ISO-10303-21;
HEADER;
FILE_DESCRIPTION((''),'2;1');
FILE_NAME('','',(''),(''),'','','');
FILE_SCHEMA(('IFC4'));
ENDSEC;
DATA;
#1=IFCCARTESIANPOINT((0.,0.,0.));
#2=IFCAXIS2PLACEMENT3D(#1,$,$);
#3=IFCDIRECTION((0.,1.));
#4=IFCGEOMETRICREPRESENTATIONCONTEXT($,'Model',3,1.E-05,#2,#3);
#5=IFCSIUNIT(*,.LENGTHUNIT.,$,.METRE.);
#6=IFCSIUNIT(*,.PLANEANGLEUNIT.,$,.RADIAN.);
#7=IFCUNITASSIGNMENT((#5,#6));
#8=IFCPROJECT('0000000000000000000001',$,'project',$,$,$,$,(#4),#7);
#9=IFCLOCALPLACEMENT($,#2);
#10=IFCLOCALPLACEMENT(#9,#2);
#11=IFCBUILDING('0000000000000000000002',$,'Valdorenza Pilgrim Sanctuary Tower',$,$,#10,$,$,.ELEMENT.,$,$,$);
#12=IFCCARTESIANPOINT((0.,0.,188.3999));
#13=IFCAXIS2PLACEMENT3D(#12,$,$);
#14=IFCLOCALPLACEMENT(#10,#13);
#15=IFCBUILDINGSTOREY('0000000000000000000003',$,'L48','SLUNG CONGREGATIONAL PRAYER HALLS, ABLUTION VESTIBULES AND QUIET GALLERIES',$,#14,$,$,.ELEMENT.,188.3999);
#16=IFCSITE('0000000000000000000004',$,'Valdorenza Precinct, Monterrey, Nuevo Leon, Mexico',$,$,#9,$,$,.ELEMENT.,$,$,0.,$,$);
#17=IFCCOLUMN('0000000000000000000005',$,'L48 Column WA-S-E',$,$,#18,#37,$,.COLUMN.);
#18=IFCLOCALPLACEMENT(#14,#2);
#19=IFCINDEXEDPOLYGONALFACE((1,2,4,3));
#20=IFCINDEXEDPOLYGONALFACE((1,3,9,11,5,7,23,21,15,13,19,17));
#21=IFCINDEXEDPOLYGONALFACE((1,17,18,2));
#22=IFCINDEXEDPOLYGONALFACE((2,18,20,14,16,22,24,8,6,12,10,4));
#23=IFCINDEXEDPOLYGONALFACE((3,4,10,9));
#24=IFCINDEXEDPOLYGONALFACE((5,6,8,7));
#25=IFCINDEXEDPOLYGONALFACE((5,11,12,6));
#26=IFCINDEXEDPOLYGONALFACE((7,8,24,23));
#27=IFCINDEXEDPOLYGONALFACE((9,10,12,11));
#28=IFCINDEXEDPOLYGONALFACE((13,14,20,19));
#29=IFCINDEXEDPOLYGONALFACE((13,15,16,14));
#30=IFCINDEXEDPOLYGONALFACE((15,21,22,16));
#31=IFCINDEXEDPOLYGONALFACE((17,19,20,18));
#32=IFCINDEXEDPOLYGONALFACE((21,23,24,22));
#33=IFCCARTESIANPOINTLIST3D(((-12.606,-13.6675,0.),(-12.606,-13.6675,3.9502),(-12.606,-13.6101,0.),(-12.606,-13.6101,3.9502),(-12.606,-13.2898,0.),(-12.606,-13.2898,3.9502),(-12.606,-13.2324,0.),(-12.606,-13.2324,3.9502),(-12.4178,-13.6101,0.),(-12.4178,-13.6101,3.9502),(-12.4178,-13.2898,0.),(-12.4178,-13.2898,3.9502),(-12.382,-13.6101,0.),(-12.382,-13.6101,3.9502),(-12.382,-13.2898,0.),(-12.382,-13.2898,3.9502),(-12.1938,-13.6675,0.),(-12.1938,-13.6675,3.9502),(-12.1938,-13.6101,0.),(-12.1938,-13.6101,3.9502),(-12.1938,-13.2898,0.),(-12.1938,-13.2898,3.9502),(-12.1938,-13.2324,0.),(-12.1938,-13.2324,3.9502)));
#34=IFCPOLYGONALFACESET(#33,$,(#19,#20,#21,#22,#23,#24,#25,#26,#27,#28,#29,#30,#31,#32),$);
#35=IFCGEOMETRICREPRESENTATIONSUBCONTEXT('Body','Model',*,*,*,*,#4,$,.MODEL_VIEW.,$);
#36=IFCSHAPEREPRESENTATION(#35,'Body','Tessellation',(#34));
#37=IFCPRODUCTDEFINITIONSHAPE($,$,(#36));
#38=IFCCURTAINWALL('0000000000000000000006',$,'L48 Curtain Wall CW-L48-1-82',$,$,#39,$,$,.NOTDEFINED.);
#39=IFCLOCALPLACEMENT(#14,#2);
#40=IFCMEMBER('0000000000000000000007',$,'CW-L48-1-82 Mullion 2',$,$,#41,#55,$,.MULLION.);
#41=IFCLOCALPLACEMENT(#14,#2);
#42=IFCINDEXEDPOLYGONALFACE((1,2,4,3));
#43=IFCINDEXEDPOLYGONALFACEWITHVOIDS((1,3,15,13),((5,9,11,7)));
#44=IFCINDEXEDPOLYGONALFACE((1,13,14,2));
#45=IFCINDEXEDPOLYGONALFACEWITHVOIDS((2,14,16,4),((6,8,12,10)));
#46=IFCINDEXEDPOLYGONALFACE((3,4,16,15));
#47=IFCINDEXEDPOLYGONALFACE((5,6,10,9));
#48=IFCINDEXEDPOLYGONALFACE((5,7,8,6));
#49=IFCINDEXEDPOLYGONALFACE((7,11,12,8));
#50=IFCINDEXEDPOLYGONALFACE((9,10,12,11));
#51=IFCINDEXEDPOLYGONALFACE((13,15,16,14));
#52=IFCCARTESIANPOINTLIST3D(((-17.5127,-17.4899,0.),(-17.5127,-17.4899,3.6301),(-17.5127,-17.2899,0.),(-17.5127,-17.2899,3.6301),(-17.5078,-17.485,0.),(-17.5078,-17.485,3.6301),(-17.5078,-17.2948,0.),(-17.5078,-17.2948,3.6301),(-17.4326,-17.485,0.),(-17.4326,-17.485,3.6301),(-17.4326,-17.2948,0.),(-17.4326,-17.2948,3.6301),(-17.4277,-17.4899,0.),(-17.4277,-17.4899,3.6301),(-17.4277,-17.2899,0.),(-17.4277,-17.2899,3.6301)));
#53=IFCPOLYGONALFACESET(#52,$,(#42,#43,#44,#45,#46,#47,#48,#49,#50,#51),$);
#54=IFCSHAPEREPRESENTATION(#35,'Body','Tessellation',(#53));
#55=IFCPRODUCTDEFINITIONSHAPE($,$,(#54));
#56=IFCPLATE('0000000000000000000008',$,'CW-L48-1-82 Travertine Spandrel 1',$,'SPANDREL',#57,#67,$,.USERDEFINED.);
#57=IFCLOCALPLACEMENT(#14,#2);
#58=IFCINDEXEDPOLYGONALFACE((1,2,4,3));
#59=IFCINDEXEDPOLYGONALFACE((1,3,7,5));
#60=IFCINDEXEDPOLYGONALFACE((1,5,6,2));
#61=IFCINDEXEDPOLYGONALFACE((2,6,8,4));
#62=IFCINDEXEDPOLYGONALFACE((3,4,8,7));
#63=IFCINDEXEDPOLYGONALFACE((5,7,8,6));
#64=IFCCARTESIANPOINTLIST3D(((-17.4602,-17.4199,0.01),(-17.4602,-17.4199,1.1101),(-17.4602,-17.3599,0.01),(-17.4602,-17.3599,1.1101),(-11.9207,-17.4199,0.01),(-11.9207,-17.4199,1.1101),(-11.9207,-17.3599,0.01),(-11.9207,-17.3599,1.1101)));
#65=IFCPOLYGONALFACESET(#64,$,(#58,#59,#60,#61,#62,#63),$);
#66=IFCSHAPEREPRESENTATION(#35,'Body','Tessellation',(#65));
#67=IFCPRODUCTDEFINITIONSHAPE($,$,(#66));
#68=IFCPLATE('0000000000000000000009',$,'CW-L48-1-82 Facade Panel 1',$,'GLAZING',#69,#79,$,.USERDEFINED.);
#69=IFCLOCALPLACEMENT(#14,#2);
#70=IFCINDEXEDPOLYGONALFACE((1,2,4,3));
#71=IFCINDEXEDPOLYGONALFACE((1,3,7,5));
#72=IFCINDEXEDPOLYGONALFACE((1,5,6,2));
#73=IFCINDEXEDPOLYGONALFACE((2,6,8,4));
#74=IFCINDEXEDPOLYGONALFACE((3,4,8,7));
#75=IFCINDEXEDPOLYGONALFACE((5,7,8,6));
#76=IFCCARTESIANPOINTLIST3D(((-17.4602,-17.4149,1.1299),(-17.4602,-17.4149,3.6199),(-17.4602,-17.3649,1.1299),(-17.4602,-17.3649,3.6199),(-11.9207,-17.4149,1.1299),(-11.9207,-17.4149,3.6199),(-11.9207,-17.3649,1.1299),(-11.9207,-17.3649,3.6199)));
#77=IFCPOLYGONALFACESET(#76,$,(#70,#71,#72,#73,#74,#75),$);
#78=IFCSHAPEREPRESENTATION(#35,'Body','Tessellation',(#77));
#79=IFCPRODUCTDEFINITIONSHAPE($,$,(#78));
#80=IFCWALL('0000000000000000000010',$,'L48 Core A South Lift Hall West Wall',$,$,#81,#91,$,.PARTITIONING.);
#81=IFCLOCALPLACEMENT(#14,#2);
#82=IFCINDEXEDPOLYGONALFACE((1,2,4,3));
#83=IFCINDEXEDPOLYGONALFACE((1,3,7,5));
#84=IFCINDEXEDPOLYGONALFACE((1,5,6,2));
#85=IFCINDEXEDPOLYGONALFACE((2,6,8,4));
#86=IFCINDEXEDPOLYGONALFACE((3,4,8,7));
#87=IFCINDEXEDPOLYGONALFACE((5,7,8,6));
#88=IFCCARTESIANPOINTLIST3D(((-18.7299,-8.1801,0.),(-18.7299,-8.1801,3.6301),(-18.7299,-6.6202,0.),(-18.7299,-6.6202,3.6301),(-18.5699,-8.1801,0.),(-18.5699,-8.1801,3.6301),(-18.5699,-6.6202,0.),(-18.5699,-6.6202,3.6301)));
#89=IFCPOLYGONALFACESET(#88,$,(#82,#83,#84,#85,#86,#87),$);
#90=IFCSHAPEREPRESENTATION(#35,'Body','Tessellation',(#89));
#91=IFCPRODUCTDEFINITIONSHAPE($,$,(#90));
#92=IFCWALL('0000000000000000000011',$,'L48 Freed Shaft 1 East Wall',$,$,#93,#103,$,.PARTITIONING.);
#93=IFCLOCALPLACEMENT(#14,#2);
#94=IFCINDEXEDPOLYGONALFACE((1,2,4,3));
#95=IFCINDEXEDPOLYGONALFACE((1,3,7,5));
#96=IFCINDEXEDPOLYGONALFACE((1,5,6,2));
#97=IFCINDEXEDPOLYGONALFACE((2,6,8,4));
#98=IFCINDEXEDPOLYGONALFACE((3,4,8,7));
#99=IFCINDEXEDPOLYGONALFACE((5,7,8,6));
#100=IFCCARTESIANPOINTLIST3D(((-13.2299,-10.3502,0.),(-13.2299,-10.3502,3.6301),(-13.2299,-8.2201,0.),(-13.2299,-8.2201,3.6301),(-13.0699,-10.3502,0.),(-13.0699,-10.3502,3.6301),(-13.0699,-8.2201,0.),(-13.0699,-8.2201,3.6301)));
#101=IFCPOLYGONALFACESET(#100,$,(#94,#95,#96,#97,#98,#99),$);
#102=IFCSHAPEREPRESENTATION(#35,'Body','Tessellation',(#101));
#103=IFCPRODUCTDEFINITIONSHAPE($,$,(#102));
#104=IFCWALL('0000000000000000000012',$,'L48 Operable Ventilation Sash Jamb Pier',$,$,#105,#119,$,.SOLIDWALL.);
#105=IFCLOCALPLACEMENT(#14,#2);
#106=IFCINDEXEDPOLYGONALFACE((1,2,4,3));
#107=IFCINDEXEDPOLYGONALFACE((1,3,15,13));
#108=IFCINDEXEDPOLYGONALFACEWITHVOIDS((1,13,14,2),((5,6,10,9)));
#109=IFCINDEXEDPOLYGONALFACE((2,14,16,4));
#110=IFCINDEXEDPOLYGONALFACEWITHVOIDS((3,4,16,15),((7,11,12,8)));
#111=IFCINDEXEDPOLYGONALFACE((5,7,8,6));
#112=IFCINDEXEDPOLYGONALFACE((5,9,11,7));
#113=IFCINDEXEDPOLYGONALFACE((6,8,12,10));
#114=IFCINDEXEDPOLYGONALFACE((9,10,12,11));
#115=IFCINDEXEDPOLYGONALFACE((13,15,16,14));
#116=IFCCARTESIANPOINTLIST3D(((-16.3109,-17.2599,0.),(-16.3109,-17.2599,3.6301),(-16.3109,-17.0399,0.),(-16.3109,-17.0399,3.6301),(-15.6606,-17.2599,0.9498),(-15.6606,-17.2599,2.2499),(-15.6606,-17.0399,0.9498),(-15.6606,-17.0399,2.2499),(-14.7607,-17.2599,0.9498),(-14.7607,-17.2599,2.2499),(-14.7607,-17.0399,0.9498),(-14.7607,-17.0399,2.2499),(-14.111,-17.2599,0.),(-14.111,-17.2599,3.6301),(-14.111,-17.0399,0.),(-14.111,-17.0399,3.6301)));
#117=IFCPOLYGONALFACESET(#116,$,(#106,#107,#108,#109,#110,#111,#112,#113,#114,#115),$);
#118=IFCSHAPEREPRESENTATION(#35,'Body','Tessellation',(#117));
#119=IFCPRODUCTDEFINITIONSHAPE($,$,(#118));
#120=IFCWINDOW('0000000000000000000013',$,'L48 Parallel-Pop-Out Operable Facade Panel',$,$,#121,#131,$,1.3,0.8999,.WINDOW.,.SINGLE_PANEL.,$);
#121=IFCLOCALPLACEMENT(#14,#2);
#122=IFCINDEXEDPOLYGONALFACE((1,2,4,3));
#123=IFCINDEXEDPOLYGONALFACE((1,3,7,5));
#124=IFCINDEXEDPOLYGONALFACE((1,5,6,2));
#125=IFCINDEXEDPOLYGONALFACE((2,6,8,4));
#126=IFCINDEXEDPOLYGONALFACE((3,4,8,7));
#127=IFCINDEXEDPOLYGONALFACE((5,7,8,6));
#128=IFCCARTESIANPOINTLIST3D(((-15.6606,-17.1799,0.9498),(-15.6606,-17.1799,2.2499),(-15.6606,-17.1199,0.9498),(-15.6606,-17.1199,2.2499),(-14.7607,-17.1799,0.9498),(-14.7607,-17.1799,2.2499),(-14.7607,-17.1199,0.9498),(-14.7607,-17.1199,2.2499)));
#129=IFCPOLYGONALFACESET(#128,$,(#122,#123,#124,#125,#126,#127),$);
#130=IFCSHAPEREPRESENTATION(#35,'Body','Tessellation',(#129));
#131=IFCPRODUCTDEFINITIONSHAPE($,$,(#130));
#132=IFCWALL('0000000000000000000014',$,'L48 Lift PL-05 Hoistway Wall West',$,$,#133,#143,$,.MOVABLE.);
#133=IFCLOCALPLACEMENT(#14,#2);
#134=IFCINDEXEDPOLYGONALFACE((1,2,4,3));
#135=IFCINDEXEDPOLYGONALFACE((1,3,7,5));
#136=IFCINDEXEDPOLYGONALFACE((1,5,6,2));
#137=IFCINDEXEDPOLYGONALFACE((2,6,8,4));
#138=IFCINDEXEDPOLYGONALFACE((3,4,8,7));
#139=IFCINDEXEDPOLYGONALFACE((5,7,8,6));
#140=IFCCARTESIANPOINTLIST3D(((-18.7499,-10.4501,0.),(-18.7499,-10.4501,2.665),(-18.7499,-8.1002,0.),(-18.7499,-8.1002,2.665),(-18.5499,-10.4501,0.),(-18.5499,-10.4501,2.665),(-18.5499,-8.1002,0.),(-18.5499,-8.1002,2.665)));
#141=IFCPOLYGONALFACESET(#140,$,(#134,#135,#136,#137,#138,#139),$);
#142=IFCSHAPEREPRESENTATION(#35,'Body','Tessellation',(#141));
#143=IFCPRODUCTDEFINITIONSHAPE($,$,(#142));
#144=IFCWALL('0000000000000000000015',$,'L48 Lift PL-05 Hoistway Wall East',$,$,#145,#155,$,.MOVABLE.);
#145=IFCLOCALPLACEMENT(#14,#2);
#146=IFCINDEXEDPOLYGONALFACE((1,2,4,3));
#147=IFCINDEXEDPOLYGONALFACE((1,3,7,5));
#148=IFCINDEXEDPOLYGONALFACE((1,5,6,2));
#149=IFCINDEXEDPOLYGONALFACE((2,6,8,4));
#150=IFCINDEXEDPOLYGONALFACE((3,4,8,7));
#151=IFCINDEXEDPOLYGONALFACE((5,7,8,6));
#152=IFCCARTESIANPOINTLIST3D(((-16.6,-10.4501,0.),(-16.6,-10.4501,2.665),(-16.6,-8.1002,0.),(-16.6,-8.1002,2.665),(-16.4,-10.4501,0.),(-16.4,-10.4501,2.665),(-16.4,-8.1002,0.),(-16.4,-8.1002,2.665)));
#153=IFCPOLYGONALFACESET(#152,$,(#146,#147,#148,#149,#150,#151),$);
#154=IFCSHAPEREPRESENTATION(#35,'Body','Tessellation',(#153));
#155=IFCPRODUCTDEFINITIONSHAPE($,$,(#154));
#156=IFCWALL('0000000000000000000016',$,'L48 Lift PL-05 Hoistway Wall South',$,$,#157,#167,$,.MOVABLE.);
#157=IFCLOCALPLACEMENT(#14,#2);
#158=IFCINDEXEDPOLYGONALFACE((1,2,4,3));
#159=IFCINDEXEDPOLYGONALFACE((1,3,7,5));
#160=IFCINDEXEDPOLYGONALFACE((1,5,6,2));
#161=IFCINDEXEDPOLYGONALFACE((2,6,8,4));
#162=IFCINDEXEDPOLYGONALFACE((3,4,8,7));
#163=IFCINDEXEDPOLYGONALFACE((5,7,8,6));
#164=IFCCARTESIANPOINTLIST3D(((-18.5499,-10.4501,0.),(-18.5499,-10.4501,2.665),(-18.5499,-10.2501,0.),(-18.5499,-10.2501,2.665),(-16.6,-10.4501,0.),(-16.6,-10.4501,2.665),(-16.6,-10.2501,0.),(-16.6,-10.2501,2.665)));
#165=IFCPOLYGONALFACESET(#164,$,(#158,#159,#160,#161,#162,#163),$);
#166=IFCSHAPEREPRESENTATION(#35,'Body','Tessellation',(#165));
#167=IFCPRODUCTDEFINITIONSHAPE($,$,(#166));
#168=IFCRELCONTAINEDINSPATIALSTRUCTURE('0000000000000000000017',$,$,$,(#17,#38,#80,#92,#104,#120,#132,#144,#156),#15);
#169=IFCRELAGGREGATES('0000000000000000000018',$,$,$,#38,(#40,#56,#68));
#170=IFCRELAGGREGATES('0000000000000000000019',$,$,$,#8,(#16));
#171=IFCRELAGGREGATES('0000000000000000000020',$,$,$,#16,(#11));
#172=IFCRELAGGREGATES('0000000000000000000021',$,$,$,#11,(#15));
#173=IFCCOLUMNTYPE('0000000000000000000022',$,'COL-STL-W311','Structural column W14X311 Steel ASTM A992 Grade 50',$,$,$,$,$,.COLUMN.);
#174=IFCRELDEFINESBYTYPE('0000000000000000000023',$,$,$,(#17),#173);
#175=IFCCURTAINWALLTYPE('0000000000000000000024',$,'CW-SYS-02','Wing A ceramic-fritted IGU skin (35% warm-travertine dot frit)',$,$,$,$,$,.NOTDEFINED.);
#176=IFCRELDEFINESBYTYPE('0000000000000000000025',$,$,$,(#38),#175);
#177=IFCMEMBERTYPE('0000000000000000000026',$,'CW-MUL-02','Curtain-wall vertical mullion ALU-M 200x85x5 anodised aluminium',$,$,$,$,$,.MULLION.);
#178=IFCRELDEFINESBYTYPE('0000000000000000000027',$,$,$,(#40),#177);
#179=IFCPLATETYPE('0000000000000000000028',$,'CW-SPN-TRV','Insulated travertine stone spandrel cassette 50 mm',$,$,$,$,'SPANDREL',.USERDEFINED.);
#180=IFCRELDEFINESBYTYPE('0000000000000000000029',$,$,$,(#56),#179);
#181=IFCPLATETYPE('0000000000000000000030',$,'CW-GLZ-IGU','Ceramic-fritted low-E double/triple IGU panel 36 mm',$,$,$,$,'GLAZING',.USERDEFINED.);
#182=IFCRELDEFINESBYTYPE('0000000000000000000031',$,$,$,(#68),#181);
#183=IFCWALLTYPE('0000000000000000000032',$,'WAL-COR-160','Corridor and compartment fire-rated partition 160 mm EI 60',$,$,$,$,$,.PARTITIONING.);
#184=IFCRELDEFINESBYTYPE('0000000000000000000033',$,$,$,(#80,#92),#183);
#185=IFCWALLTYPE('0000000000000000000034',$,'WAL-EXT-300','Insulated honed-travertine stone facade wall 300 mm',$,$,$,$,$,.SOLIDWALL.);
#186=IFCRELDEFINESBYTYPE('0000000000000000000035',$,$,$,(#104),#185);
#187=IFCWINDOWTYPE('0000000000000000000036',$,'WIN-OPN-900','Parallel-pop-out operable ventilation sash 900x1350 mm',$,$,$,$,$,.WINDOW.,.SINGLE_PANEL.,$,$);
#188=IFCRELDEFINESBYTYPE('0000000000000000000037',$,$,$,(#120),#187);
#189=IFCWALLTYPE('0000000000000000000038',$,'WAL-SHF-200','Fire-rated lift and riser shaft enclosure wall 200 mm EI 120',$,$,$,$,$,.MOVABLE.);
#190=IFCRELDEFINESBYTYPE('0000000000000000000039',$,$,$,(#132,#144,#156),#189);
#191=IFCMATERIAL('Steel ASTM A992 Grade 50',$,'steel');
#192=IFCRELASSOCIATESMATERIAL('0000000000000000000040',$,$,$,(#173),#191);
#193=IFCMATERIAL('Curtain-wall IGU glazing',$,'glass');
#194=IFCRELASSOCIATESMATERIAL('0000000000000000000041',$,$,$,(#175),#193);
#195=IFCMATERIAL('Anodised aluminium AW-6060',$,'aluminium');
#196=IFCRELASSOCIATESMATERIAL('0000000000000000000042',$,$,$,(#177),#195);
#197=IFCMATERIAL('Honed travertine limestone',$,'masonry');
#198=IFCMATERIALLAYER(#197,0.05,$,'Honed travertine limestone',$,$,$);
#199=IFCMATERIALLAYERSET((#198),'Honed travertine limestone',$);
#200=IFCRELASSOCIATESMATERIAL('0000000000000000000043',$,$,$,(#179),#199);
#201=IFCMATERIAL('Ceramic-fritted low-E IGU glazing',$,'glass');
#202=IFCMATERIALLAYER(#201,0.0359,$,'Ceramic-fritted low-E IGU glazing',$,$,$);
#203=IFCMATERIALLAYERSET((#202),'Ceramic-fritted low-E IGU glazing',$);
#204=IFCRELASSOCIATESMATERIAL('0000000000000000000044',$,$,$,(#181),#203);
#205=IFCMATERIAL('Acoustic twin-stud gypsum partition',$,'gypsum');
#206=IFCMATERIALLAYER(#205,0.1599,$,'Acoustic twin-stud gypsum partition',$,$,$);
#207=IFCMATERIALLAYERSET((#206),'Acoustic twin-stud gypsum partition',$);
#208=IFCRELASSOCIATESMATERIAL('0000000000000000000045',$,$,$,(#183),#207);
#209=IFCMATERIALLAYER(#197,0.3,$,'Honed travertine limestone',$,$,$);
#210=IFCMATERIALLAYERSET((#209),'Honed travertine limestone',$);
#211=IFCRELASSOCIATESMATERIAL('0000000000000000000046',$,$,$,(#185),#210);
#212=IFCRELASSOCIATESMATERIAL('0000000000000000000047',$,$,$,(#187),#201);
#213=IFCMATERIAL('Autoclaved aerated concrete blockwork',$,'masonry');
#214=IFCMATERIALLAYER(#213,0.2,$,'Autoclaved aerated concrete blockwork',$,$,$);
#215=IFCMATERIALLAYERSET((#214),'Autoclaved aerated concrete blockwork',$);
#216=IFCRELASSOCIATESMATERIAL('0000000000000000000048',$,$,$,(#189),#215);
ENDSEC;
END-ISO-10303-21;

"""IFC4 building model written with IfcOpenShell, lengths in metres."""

from ifc_helpers import new_model, si_unit, direction, frame, frame_2d, origin, origin_2d, place, context, subcontext, project, spatial, rectangle, hollow_rectangle, i_section, extrude, source, transform, mapped, material, layer, layer_set, material_profile, profile_set, type_object, element, fill, aggregate, save


model = new_model("IFC4")

# Units and contexts
model_context = context("Model", 3, precision=1e-05, world=origin(), true_north=direction((0.0, 1.0)))
body_context = subcontext(model_context, "Body", "Model", "MODEL_VIEW")
ifc_project = project(units=[si_unit("LENGTHUNIT", "METRE"), si_unit("PLANEANGLEUNIT", "RADIAN")], contexts=[model_context])

# Site, building, storey
site_placement = place(None, origin())
site = spatial("IfcSite", under=ifc_project, at=site_placement, Name="Valdorenza Precinct, Monterrey, Nuevo Leon, Mexico", CompositionType="ELEMENT", RefElevation=0.0)
building_placement = place(site_placement, origin())
building = spatial("IfcBuilding", under=site, at=building_placement, Name="Valdorenza Pilgrim Sanctuary Tower", CompositionType="ELEMENT")
storey_placement = place(building_placement, frame((0.0, 0.0, 188.3999)))
storey = spatial("IfcBuildingStorey", under=building, at=storey_placement, Name="L48", Description="SLUNG CONGREGATIONAL PRAYER HALLS, ABLUTION VESTIBULES AND QUIET GALLERIES", CompositionType="ELEMENT", Elevation=188.3999)

# Column
ifc_material_1 = material(Name="Steel ASTM A992 Grade 50", Category="steel")
ifc_material_profile_1 = material_profile(ifc_material_1, i_section(OverallWidth=0.4121, OverallDepth=0.4351, WebThickness=0.0359, FlangeThickness=0.0574, at=origin_2d()), Name="W14X311")
ifc_profile_set_1 = profile_set([ifc_material_profile_1], Name="Steel ASTM A992 Grade 50")
column_type = type_object("IfcColumnType", Name="COL-STL-W311", Description="Structural column W14X311 Steel ASTM A992 Grade 50", PredefinedType="COLUMN", material=ifc_profile_set_1)
shared_shape_1 = source(origin(), body_context, "Body", "SweptSolid", [
    extrude(i_section(OverallWidth=0.4121, OverallDepth=0.4351, WebThickness=0.0359, FlangeThickness=0.0574, at=origin_2d()), origin(), (0.0, 0.0, 1.0), 3.9502),
])
column_placement = place(storey_placement, frame((-12.3999, -13.45, 0.0), z_axis=(0.0, 0.0, 1.0), x_axis=(1.0, 0.0, 0.0)))
element("IfcColumn", 1, at=column_placement, inside=storey, type_object=column_type, Name="L48 Column WA-S-E", PredefinedType="COLUMN", context=body_context, shape_type="MappedRepresentation", body=[
    mapped(shared_shape_1, transform((0.0, 0.0, 0.0), x_axis=(1.0, 0.0, 0.0), y_axis=(0.0, 1.0, 0.0), z_axis=(0.0, 0.0, 1.0), scale=1.0)),
])

# Curtain wall, member, plates
ifc_material_2 = material(Name="Curtain-wall IGU glazing", Category="glass")
curtain_wall_type = type_object("IfcCurtainWallType", Name="CW-SYS-02", Description="Wing A ceramic-fritted IGU skin (35% warm-travertine dot frit)", PredefinedType="NOTDEFINED", material=ifc_material_2)
curtain_wall_placement = place(storey_placement, origin())
curtain_wall = element("IfcCurtainWall", 2, at=curtain_wall_placement, inside=storey, type_object=curtain_wall_type, Name="L48 Curtain Wall CW-L48-1-82", PredefinedType="NOTDEFINED")
ifc_material_3 = material(Name="Anodised aluminium AW-6060", Category="aluminium")
ifc_material_profile_2 = material_profile(ifc_material_3, hollow_rectangle(XDim=0.085, YDim=0.2, WallThickness=0.0049, at=origin_2d()), Name="ALU-M 200x85x5")
ifc_profile_set_2 = profile_set([ifc_material_profile_2], Name="Anodised aluminium AW-6060")
member_type = type_object("IfcMemberType", Name="CW-MUL-02", Description="Curtain-wall vertical mullion ALU-M 200x85x5 anodised aluminium", PredefinedType="MULLION", material=ifc_profile_set_2)
shared_shape_2 = source(origin(), body_context, "Body", "SweptSolid", [
    extrude(hollow_rectangle(XDim=0.085, YDim=0.2, WallThickness=0.0049, at=origin_2d()), origin(), (0.0, 0.0, 1.0), 3.6301),
])
member_placement = place(storey_placement, frame((-17.4702, -17.3899, 0.0), z_axis=(0.0, 0.0, 1.0), x_axis=(-1.0, 0.0, 0.0)))
member = element("IfcMember", 3, at=member_placement, type_object=member_type, Name="CW-L48-1-82 Mullion 2", PredefinedType="MULLION", context=body_context, shape_type="MappedRepresentation", body=[
    mapped(shared_shape_2, transform((0.0, 0.0, 0.0), x_axis=(1.0, 0.0, 0.0), y_axis=(0.0, 1.0, 0.0), z_axis=(0.0, 0.0, 1.0), scale=1.0)),
])
ifc_material_4 = material(Name="Honed travertine limestone", Category="masonry")
ifc_layer_1 = layer(ifc_material_4, 0.05, Name="Honed travertine limestone")
ifc_layer_set_1 = layer_set([ifc_layer_1], Name="Honed travertine limestone")
plate_type_1 = type_object("IfcPlateType", Name="CW-SPN-TRV", Description="Insulated travertine stone spandrel cassette 50 mm", ElementType="SPANDREL", PredefinedType="USERDEFINED", material=ifc_layer_set_1)
shared_shape_3 = source(origin(), body_context, "Body", "SweptSolid", [
    extrude(rectangle(XDim=5.5396, YDim=0.0601, at=origin_2d()), origin(), (0.0, 0.0, 1.0), 1.1001),
])
plate_1_placement = place(storey_placement, frame((-14.6904, -17.3899, 0.01), z_axis=(0.0, 0.0, 1.0), x_axis=(-1.0, 0.0, 0.0)))
plate_1 = element("IfcPlate", 4, at=plate_1_placement, type_object=plate_type_1, Name="CW-L48-1-82 Travertine Spandrel 1", ObjectType="SPANDREL", PredefinedType="USERDEFINED", context=body_context, shape_type="MappedRepresentation", body=[
    mapped(shared_shape_3, transform((0.0, 0.0, 0.0), x_axis=(1.0, 0.0, 0.0), y_axis=(0.0, 1.0, 0.0), z_axis=(0.0, 0.0, 1.0), scale=1.0)),
])
ifc_material_5 = material(Name="Ceramic-fritted low-E IGU glazing", Category="glass")
ifc_layer_2 = layer(ifc_material_5, 0.0359, Name="Ceramic-fritted low-E IGU glazing")
ifc_layer_set_2 = layer_set([ifc_layer_2], Name="Ceramic-fritted low-E IGU glazing")
plate_type_2 = type_object("IfcPlateType", Name="CW-GLZ-IGU", Description="Ceramic-fritted low-E double/triple IGU panel 36 mm", ElementType="GLAZING", PredefinedType="USERDEFINED", material=ifc_layer_set_2)
shared_shape_4 = source(origin(), body_context, "Body", "SweptSolid", [
    extrude(rectangle(XDim=5.5396, YDim=0.05, at=origin_2d()), origin(), (0.0, 0.0, 1.0), 2.49),
])
plate_2_placement = place(storey_placement, frame((-14.6904, -17.3899, 1.1299), z_axis=(0.0, 0.0, 1.0), x_axis=(-1.0, 0.0, 0.0)))
plate_2 = element("IfcPlate", 5, at=plate_2_placement, type_object=plate_type_2, Name="CW-L48-1-82 Facade Panel 1", ObjectType="GLAZING", PredefinedType="USERDEFINED", context=body_context, shape_type="MappedRepresentation", body=[
    mapped(shared_shape_4, transform((0.0, 0.0, 0.0), x_axis=(1.0, 0.0, 0.0), y_axis=(0.0, 1.0, 0.0), z_axis=(0.0, 0.0, 1.0), scale=1.0)),
])
aggregate(curtain_wall, [member, plate_1, plate_2])

# Wall
ifc_material_6 = material(Name="Acoustic twin-stud gypsum partition", Category="gypsum")
ifc_layer_3 = layer(ifc_material_6, 0.1599, Name="Acoustic twin-stud gypsum partition")
ifc_layer_set_3 = layer_set([ifc_layer_3], Name="Acoustic twin-stud gypsum partition")
wall_type_1 = type_object("IfcWallType", Name="WAL-COR-160", Description="Corridor and compartment fire-rated partition 160 mm EI 60", PredefinedType="PARTITIONING", material=ifc_layer_set_3)
wall_1_placement = place(storey_placement, frame((-18.6499, -8.1799, 0.0), z_axis=(0.0, 0.0, 1.0), x_axis=(0.0, 1.0, 0.0)))
element("IfcWall", 6, at=wall_1_placement, inside=storey, type_object=wall_type_1, Name="L48 Core A South Lift Hall West Wall", PredefinedType="PARTITIONING", context=body_context, shape_type="SweptSolid", body=[
    extrude(rectangle(XDim=1.5598, YDim=0.1599, at=frame_2d((0.7798, 0.0))), origin(), (0.0, 0.0, 1.0), 3.6301),
])

# Wall
wall_2_placement = place(storey_placement, frame((-13.1499, -10.3501, 0.0), z_axis=(0.0, 0.0, 1.0), x_axis=(0.0, 1.0, 0.0)))
element("IfcWall", 7, at=wall_2_placement, inside=storey, type_object=wall_type_1, Name="L48 Freed Shaft 1 East Wall", PredefinedType="PARTITIONING", context=body_context, shape_type="SweptSolid", body=[
    extrude(rectangle(XDim=2.1301, YDim=0.1599, at=frame_2d((1.0649, 0.0))), origin(), (0.0, 0.0, 1.0), 3.6301),
])

# Wall, opening, window
ifc_layer_4 = layer(ifc_material_4, 0.3, Name="Honed travertine limestone")
ifc_layer_set_4 = layer_set([ifc_layer_4], Name="Honed travertine limestone")
wall_type_2 = type_object("IfcWallType", Name="WAL-EXT-300", Description="Insulated honed-travertine stone facade wall 300 mm", PredefinedType="SOLIDWALL", material=ifc_layer_set_4)
wall_3_placement = place(storey_placement, frame((-14.1108, -17.1499, 0.0), z_axis=(0.0, 0.0, 1.0), x_axis=(-1.0, 0.0, 0.0)))
wall_3 = element("IfcWall", 8, at=wall_3_placement, inside=storey, type_object=wall_type_2, Name="L48 Operable Ventilation Sash Jamb Pier", PredefinedType="SOLIDWALL", context=body_context, shape_type="SweptSolid", body=[
    extrude(rectangle(XDim=2.2, YDim=0.22, at=frame_2d((1.1001, 0.0))), origin(), (0.0, 0.0, 1.0), 3.6301),
])
opening_1_placement = place(wall_3_placement, frame((0.6499, 0.0, 0.95)))
opening_1 = element("IfcOpeningElement", 9, at=opening_1_placement, cuts=wall_3, PredefinedType="OPENING", context=body_context, shape_type="SweptSolid", body=[
    extrude(rectangle(XDim=0.8999, YDim=1.3, at=frame_2d((0.45, 0.6499))), frame((0.0, 0.125, 0.0), z_axis=(0.0, -1.0, 0.0), x_axis=(1.0, 0.0, 0.0)), (0.0, 0.0, 1.0), 0.2498),
])
window_type = type_object("IfcWindowType", Name="WIN-OPN-900", Description="Parallel-pop-out operable ventilation sash 900x1350 mm", PartitioningType="SINGLE_PANEL", PredefinedType="WINDOW", material=ifc_material_5)
window_placement = place(opening_1_placement, origin())
window = element("IfcWindow", 10, at=window_placement, inside=storey, type_object=window_type, Name="L48 Parallel-Pop-Out Operable Facade Panel", OverallHeight=1.3, OverallWidth=0.8999, PartitioningType="SINGLE_PANEL", PredefinedType="WINDOW", context=body_context, shape_type="SweptSolid", body=[
    extrude(rectangle(XDim=0.8999, YDim=1.3, at=frame_2d((0.45, 0.6499))), frame((0.0, 0.03, 0.0), z_axis=(0.0, -1.0, 0.0), x_axis=(1.0, 0.0, 0.0)), (0.0, 0.0, 1.0), 0.0601),
])
fill(opening_1, window)

# Walls
ifc_material_7 = material(Name="Autoclaved aerated concrete blockwork", Category="masonry")
ifc_layer_5 = layer(ifc_material_7, 0.2, Name="Autoclaved aerated concrete blockwork")
ifc_layer_set_5 = layer_set([ifc_layer_5], Name="Autoclaved aerated concrete blockwork")
wall_type_3 = type_object("IfcWallType", Name="WAL-SHF-200", Description="Fire-rated lift and riser shaft enclosure wall 200 mm EI 120", PredefinedType="MOVABLE", material=ifc_layer_set_5)
for number, where, z_axis, x_axis, name in (
    (11, (-18.6499, -10.45, 0.0), (0.0, 0.0, 1.0), (0.0, 1.0, 0.0), "L48 Lift PL-05 Hoistway Wall West"),
    (12, (-16.5, -10.45, 0.0), (0.0, 0.0, 1.0), (0.0, 1.0, 0.0), "L48 Lift PL-05 Hoistway Wall East"),
):
    element("IfcWall", number, at=place(storey_placement, frame(where, z_axis=z_axis, x_axis=x_axis)), inside=storey, type_object=wall_type_3, Name=name, PredefinedType="MOVABLE", context=body_context, shape_type="SweptSolid", body=[
        extrude(rectangle(XDim=2.3499, YDim=0.2, at=frame_2d((1.1748, 0.0))), origin(), (0.0, 0.0, 1.0), 2.665),
    ])
wall_4_placement = place(storey_placement, frame((-18.55, -10.3501, 0.0), z_axis=(0.0, 0.0, 1.0), x_axis=(1.0, 0.0, 0.0)))
element("IfcWall", 13, at=wall_4_placement, inside=storey, type_object=wall_type_3, Name="L48 Lift PL-05 Hoistway Wall South", PredefinedType="MOVABLE", context=body_context, shape_type="SweptSolid", body=[
    extrude(rectangle(XDim=1.95, YDim=0.2, at=frame_2d((0.9751, 0.0))), origin(), (0.0, 0.0, 1.0), 2.665),
])

save(model, "model.ifc")
